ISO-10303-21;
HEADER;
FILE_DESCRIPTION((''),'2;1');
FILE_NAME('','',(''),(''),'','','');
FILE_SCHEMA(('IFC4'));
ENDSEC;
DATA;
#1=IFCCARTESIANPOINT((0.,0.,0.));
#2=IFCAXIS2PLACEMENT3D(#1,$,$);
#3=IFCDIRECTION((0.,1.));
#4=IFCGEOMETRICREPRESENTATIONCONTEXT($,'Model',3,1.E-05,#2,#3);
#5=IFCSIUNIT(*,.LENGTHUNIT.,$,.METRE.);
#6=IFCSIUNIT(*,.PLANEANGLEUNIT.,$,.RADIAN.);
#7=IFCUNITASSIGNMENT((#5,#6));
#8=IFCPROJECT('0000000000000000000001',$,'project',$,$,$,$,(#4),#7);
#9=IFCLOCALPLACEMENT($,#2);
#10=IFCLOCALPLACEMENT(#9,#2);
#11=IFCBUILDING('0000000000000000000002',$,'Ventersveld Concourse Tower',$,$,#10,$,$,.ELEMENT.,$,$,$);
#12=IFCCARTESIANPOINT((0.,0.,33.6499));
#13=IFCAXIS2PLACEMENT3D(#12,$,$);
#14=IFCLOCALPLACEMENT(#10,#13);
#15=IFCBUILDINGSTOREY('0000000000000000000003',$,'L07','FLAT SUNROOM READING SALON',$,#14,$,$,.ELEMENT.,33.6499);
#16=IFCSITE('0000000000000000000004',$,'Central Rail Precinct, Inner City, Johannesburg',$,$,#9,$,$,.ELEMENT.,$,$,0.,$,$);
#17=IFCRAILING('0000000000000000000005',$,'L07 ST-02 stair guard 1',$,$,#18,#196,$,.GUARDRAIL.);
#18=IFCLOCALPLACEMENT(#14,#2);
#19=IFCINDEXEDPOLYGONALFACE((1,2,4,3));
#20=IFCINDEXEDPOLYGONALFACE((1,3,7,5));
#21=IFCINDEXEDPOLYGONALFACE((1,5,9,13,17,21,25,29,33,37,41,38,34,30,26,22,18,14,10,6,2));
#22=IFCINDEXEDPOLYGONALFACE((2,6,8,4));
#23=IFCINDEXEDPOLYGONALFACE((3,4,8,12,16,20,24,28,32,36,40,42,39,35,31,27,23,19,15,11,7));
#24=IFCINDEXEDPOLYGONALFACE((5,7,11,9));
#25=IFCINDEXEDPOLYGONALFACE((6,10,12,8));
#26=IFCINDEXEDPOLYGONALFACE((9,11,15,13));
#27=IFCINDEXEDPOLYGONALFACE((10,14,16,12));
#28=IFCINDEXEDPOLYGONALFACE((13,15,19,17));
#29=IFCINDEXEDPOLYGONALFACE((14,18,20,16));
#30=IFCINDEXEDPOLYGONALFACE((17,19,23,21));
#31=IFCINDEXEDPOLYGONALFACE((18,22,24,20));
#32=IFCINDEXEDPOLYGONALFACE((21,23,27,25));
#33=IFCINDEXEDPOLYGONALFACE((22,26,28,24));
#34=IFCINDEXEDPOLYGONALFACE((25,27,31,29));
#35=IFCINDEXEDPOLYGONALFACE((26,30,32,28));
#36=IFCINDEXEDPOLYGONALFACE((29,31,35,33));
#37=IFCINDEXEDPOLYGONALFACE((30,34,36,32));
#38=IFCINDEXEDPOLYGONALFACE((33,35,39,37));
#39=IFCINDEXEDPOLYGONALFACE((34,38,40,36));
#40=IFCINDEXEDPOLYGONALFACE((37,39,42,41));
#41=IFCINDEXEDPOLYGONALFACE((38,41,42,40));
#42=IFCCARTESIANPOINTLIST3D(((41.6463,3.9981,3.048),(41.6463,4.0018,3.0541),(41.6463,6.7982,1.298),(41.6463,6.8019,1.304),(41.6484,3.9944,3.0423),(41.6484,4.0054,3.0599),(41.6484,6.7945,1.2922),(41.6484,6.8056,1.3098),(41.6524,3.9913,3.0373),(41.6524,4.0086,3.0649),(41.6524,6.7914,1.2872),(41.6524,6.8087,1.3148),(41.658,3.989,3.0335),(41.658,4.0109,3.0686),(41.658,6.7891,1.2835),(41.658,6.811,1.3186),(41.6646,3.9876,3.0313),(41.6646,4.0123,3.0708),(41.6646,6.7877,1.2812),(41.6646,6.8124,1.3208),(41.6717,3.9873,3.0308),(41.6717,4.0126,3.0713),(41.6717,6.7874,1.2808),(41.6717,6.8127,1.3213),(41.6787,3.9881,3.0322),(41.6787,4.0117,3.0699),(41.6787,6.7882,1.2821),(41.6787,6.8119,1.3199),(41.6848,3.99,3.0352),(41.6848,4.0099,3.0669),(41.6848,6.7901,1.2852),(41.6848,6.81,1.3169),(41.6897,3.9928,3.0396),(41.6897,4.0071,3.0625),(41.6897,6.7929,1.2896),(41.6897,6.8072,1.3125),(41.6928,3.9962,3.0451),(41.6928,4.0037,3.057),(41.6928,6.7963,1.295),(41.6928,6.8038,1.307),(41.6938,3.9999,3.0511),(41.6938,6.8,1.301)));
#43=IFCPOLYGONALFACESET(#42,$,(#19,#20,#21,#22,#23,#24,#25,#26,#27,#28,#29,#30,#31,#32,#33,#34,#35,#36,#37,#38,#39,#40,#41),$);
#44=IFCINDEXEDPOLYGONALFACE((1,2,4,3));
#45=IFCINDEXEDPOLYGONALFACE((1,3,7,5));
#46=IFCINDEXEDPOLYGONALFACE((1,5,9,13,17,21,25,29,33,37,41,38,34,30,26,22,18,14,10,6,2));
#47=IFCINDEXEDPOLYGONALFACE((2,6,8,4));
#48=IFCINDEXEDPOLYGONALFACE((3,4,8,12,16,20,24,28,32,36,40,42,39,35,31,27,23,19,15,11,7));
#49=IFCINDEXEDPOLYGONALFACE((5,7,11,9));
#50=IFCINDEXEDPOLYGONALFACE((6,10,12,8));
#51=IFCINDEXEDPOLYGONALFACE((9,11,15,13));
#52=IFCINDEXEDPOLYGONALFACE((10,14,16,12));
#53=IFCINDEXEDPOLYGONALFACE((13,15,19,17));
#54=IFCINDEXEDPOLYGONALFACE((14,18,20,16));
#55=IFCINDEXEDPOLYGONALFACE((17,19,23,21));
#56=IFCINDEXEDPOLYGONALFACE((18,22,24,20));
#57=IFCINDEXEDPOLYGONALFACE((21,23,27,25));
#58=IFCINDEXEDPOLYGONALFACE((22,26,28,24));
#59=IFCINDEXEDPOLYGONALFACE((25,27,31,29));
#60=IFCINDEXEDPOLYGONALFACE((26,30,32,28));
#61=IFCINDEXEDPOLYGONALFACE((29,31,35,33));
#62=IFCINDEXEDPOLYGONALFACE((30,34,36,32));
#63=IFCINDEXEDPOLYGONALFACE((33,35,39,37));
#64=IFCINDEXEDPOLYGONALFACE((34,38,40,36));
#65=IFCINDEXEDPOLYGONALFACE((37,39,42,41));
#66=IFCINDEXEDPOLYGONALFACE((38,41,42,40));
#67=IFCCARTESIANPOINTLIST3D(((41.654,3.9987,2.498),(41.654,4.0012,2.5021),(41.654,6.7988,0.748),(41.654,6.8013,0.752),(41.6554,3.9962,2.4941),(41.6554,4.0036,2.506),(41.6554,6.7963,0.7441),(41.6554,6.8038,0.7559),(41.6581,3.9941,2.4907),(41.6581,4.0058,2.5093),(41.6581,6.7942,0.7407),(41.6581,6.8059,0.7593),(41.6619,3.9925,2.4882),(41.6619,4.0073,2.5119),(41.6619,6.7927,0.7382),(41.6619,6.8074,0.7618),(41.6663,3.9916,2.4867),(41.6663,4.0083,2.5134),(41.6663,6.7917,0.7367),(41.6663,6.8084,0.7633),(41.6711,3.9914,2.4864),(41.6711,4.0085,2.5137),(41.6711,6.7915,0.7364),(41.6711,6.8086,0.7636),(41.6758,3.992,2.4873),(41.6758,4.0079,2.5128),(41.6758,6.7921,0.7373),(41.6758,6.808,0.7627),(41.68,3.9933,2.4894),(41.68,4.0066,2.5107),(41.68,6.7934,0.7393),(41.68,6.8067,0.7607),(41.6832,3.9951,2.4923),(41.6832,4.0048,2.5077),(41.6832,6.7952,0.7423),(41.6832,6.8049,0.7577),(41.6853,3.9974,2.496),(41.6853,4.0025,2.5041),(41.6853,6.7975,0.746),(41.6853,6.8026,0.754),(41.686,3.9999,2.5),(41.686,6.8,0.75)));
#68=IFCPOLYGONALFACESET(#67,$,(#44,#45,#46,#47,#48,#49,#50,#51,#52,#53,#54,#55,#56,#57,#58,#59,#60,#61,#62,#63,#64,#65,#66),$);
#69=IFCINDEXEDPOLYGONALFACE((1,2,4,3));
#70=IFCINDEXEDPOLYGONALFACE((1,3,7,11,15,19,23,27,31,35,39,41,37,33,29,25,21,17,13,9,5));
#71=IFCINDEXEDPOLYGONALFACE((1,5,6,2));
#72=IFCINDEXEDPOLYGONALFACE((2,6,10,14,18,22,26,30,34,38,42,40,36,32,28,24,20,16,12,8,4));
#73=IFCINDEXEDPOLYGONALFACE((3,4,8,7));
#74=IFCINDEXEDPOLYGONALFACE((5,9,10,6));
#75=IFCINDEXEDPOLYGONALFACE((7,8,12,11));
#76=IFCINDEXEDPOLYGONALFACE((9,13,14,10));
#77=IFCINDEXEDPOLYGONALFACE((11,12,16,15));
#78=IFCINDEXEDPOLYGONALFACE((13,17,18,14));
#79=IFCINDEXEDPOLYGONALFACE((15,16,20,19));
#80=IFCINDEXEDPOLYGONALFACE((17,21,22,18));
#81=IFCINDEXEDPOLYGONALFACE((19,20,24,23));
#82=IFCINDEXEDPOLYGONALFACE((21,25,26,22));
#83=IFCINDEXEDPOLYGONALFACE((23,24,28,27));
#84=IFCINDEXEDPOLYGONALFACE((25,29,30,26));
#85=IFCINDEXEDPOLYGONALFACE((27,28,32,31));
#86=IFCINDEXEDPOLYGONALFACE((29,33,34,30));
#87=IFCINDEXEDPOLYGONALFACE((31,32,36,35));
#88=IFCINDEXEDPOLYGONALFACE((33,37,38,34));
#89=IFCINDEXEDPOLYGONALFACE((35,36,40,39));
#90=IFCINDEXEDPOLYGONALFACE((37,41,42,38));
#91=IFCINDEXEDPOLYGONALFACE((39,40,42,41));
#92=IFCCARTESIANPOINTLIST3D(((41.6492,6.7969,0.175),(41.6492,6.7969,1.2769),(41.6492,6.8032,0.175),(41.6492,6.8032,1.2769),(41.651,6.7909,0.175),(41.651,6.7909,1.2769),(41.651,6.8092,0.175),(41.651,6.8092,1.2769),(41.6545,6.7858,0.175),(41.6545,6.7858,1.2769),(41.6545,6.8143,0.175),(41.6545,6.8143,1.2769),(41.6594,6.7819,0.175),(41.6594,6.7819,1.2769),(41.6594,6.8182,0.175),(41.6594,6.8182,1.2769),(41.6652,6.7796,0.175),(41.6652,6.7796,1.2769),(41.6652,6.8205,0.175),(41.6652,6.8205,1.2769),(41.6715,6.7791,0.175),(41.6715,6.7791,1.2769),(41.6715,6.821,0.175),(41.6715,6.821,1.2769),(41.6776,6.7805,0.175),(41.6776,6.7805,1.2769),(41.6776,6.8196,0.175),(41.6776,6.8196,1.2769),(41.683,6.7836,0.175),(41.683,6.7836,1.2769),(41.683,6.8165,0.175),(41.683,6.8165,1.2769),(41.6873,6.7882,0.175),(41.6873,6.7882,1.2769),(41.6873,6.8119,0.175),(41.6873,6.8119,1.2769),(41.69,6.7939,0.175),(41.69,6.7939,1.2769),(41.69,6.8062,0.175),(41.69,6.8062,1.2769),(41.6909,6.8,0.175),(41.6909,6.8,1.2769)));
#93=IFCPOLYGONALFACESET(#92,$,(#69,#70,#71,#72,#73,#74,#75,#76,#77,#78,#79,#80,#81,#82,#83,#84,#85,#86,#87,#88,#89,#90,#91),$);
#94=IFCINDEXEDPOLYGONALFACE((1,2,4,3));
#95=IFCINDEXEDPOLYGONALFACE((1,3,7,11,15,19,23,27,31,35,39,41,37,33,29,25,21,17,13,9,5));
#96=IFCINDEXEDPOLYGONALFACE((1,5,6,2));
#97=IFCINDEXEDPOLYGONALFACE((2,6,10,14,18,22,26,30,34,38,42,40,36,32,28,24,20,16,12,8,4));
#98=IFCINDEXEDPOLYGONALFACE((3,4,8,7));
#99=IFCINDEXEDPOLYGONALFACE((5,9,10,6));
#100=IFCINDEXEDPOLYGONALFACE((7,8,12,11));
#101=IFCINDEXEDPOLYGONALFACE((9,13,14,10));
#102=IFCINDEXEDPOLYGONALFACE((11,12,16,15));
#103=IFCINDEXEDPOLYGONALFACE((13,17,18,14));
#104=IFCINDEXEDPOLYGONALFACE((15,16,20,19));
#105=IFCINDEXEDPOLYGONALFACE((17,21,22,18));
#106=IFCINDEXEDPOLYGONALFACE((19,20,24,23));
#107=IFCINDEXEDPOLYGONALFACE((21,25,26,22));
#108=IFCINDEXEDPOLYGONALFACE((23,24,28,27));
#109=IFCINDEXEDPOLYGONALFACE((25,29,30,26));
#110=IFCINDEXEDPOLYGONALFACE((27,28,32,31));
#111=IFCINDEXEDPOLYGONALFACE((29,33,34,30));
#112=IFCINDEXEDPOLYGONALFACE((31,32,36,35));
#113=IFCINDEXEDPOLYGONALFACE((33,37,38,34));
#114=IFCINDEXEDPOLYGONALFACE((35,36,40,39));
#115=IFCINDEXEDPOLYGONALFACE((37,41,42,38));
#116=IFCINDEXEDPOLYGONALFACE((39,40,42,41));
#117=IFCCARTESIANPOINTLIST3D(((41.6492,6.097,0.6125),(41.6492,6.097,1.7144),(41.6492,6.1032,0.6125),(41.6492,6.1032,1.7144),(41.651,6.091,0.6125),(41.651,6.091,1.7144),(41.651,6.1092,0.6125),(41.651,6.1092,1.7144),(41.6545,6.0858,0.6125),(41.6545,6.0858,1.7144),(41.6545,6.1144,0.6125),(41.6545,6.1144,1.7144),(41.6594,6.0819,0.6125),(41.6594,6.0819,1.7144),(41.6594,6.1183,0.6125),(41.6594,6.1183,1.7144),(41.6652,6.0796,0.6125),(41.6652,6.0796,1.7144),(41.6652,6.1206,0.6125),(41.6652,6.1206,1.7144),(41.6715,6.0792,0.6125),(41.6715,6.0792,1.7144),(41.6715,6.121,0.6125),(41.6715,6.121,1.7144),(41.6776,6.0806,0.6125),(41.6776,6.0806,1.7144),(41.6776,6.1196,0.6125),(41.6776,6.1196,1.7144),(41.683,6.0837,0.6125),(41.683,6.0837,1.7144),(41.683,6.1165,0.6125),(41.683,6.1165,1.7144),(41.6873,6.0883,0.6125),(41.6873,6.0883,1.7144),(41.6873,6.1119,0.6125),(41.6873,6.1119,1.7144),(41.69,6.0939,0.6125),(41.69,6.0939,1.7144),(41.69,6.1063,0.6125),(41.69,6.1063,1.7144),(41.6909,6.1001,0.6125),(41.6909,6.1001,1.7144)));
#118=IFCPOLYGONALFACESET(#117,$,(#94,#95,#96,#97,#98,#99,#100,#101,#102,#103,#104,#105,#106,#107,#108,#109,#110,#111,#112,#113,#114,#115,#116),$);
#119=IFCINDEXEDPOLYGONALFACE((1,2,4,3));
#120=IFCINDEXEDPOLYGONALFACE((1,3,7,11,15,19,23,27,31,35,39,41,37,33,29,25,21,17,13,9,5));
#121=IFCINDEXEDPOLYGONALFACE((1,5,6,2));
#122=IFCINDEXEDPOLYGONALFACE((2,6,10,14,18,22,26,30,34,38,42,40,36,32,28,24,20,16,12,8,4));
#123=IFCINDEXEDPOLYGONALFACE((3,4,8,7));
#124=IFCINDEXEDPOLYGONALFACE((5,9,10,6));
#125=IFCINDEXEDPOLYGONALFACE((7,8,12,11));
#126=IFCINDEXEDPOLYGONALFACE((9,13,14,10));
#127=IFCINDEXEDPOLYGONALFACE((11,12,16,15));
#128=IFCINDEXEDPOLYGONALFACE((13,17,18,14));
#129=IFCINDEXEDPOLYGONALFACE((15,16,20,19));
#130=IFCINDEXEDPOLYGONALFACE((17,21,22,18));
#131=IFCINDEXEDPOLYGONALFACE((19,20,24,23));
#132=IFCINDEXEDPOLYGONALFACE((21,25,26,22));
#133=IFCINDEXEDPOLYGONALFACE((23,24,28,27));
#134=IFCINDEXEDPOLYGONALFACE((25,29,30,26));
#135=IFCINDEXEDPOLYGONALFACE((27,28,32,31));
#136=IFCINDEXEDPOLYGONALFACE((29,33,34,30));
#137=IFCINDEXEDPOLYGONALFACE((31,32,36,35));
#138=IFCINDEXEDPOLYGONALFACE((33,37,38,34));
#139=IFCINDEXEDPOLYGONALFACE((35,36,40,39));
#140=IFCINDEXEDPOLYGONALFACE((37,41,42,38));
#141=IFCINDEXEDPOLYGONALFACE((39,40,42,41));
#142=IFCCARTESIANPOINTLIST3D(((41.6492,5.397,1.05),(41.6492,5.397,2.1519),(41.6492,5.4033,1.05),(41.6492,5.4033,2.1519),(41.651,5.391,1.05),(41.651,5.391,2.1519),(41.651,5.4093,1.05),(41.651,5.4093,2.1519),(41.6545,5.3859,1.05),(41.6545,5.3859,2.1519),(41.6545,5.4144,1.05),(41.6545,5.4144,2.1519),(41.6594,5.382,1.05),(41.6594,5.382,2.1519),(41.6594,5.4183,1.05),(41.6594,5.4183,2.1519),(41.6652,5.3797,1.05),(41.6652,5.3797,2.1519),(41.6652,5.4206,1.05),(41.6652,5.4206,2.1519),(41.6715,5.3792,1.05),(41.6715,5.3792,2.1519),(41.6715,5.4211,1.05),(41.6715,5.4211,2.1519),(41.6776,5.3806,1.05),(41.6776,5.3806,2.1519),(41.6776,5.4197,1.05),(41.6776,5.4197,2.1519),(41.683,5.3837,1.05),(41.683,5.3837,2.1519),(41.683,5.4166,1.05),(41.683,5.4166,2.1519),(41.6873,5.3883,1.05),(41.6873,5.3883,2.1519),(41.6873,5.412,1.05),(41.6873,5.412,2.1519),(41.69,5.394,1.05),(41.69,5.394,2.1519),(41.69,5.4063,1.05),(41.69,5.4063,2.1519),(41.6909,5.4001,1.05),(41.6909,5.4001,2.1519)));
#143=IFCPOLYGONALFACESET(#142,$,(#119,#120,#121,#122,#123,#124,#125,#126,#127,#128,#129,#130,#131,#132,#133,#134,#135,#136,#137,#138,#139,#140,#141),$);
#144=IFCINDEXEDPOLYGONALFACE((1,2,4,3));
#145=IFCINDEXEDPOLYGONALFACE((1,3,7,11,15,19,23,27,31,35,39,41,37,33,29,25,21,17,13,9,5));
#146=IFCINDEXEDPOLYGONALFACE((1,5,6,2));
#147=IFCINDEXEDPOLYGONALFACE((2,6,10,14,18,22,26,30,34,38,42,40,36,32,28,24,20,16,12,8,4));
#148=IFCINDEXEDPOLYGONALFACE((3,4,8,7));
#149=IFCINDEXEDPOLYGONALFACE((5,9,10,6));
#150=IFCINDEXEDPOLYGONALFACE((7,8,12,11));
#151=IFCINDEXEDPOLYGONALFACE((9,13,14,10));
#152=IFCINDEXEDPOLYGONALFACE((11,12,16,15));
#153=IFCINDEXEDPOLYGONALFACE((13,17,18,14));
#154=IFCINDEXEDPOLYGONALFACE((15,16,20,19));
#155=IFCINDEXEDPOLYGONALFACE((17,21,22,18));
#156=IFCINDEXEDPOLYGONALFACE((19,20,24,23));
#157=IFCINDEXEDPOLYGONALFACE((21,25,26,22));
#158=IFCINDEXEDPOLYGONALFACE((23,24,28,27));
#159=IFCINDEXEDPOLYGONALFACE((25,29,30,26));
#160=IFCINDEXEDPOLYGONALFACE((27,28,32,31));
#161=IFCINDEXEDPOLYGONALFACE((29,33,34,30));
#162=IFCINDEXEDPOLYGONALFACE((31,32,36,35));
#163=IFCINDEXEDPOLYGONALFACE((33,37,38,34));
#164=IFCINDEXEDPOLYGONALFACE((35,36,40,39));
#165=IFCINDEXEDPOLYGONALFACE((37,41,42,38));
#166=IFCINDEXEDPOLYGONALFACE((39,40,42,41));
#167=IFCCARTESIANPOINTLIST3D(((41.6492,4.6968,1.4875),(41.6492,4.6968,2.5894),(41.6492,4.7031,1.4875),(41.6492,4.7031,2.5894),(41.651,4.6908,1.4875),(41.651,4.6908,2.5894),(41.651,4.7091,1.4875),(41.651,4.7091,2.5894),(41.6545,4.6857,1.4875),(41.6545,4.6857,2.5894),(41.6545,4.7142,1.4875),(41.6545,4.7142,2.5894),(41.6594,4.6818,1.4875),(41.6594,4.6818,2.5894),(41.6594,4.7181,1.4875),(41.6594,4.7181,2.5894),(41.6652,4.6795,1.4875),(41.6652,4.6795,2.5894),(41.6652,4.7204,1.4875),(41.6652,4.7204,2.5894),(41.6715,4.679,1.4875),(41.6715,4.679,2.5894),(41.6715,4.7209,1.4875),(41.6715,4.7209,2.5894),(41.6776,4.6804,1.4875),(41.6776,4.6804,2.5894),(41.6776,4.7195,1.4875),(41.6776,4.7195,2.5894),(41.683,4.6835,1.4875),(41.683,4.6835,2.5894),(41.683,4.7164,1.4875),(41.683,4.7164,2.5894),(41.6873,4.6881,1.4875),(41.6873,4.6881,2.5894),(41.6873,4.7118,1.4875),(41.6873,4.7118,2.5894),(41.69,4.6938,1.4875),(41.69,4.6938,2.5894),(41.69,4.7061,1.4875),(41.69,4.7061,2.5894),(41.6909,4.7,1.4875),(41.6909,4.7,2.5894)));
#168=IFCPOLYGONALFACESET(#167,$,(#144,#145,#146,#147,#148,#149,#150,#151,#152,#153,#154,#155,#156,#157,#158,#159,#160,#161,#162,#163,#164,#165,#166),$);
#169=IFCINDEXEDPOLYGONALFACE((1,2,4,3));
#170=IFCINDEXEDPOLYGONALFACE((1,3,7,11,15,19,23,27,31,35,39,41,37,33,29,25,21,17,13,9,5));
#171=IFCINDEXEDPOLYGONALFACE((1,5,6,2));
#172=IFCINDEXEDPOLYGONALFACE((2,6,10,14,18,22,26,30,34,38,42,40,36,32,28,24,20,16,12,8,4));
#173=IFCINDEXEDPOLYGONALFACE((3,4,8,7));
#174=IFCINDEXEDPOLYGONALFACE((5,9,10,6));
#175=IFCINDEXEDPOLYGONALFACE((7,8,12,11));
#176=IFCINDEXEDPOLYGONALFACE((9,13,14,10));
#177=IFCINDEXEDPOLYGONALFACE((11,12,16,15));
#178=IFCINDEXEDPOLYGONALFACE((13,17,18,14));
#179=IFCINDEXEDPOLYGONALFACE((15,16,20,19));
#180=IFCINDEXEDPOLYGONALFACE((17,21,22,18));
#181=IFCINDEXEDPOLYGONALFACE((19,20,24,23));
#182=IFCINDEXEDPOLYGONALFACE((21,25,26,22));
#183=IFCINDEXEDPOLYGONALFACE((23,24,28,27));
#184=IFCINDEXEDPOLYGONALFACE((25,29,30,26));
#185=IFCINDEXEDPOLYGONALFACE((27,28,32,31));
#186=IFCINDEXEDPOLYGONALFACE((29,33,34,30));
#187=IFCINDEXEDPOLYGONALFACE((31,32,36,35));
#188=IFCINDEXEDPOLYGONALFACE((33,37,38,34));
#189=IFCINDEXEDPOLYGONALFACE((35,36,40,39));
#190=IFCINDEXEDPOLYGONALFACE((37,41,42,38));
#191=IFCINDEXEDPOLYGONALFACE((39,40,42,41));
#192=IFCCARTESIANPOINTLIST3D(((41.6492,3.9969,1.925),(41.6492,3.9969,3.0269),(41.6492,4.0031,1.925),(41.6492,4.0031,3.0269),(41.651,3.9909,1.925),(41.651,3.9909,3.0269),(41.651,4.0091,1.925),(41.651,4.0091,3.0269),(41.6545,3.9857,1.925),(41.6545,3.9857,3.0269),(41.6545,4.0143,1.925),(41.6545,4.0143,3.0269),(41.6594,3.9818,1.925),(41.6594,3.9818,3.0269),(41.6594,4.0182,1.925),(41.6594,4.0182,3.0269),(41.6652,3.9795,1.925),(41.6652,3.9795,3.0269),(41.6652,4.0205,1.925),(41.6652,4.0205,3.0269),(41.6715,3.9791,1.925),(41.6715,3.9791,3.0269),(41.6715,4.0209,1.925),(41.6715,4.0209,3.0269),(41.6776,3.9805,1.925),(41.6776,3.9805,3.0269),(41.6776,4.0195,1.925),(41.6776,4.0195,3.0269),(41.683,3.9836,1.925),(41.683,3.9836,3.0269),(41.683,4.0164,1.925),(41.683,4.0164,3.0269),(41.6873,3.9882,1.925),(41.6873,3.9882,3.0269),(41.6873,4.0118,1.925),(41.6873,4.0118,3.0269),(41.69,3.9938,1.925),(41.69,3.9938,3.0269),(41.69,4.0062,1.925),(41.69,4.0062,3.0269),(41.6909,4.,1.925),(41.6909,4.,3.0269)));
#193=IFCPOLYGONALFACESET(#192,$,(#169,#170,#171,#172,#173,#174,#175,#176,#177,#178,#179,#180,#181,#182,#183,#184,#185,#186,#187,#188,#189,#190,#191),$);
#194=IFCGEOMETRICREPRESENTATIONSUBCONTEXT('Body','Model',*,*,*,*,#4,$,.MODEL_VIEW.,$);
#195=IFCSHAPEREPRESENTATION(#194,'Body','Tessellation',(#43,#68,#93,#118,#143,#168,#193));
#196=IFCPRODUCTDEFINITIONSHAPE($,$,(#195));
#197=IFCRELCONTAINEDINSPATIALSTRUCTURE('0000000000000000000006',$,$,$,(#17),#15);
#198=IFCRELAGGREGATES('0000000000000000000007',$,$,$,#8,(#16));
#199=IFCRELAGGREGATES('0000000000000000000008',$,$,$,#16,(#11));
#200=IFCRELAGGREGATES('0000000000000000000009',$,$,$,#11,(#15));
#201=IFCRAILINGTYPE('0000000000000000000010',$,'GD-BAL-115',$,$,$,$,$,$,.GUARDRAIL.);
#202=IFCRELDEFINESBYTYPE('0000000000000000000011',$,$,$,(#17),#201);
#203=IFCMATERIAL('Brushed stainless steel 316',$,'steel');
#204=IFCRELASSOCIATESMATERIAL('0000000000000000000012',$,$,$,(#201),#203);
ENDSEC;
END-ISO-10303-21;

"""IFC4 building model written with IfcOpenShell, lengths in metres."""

from ifc_helpers import new_model, si_unit, direction, frame, origin, origin_2d, place, context, subcontext, project, spatial, circle, extrude, material, type_object, element, save


model = new_model("IFC4")

# Units and contexts
model_context = context("Model", 3, precision=1e-05, world=origin(), true_north=direction((0.0, 1.0)))
body_context = subcontext(model_context, "Body", "Model", "MODEL_VIEW")
ifc_project = project(units=[si_unit("LENGTHUNIT", "METRE"), si_unit("PLANEANGLEUNIT", "RADIAN")], contexts=[model_context])

# Site, building, storey
site_placement = place(None, origin())
site = spatial("IfcSite", under=ifc_project, at=site_placement, Name="Central Rail Precinct, Inner City, Johannesburg", CompositionType="ELEMENT", RefElevation=0.0)
building_placement = place(site_placement, origin())
building = spatial("IfcBuilding", under=site, at=building_placement, Name="Ventersveld Concourse Tower", CompositionType="ELEMENT")
storey_placement = place(building_placement, frame((0.0, 0.0, 33.6499)))
storey = spatial("IfcBuildingStorey", under=building, at=storey_placement, Name="L07", Description="FLAT SUNROOM READING SALON", CompositionType="ELEMENT", Elevation=33.6499)

# Railing
ifc_material_1 = material(Name="Brushed stainless steel 316", Category="steel")
railing_type_1 = type_object("IfcRailingType", Name="GD-BAL-115", PredefinedType="GUARDRAIL", material=ifc_material_1)
railing_1_placement = place(storey_placement, frame((41.6699, 6.8, 0.175)))
element("IfcRailing", 1, at=railing_1_placement, inside=storey, type_object=railing_type_1, Name="L07 ST-02 stair guard 1", PredefinedType="GUARDRAIL", context=body_context, shape_type="SweptSolid", body=[
    extrude(circle(Radius=0.0239, at=origin_2d()), frame((0.0, 0.0, 1.126), z_axis=(0.0, -0.848002, 0.529992), x_axis=(1.0, 0.0, 0.0)), (0.0, 0.0, 1.0), 3.302),
    extrude(circle(Radius=0.0161, at=origin_2d()), frame((0.0, 0.0, 0.575), z_axis=(0.0, -0.848002, 0.529992), x_axis=(1.0, 0.0, 0.0)), (0.0, 0.0, 1.0), 3.302),
    extrude(circle(Radius=0.021, at=origin_2d()), origin(), (0.0, 0.0, 1.0), 1.1018),
    extrude(circle(Radius=0.021, at=origin_2d()), frame((0.0, -0.7, 0.4375)), (0.0, 0.0, 1.0), 1.1018),
    extrude(circle(Radius=0.021, at=origin_2d()), frame((0.0, -1.3999, 0.875)), (0.0, 0.0, 1.0), 1.1018),
    extrude(circle(Radius=0.021, at=origin_2d()), frame((0.0, -2.1001, 1.3125)), (0.0, 0.0, 1.0), 1.1018),
    extrude(circle(Radius=0.021, at=origin_2d()), frame((0.0, -2.8, 1.75)), (0.0, 0.0, 1.0), 1.1018),
])

save(model, "model.ifc")
